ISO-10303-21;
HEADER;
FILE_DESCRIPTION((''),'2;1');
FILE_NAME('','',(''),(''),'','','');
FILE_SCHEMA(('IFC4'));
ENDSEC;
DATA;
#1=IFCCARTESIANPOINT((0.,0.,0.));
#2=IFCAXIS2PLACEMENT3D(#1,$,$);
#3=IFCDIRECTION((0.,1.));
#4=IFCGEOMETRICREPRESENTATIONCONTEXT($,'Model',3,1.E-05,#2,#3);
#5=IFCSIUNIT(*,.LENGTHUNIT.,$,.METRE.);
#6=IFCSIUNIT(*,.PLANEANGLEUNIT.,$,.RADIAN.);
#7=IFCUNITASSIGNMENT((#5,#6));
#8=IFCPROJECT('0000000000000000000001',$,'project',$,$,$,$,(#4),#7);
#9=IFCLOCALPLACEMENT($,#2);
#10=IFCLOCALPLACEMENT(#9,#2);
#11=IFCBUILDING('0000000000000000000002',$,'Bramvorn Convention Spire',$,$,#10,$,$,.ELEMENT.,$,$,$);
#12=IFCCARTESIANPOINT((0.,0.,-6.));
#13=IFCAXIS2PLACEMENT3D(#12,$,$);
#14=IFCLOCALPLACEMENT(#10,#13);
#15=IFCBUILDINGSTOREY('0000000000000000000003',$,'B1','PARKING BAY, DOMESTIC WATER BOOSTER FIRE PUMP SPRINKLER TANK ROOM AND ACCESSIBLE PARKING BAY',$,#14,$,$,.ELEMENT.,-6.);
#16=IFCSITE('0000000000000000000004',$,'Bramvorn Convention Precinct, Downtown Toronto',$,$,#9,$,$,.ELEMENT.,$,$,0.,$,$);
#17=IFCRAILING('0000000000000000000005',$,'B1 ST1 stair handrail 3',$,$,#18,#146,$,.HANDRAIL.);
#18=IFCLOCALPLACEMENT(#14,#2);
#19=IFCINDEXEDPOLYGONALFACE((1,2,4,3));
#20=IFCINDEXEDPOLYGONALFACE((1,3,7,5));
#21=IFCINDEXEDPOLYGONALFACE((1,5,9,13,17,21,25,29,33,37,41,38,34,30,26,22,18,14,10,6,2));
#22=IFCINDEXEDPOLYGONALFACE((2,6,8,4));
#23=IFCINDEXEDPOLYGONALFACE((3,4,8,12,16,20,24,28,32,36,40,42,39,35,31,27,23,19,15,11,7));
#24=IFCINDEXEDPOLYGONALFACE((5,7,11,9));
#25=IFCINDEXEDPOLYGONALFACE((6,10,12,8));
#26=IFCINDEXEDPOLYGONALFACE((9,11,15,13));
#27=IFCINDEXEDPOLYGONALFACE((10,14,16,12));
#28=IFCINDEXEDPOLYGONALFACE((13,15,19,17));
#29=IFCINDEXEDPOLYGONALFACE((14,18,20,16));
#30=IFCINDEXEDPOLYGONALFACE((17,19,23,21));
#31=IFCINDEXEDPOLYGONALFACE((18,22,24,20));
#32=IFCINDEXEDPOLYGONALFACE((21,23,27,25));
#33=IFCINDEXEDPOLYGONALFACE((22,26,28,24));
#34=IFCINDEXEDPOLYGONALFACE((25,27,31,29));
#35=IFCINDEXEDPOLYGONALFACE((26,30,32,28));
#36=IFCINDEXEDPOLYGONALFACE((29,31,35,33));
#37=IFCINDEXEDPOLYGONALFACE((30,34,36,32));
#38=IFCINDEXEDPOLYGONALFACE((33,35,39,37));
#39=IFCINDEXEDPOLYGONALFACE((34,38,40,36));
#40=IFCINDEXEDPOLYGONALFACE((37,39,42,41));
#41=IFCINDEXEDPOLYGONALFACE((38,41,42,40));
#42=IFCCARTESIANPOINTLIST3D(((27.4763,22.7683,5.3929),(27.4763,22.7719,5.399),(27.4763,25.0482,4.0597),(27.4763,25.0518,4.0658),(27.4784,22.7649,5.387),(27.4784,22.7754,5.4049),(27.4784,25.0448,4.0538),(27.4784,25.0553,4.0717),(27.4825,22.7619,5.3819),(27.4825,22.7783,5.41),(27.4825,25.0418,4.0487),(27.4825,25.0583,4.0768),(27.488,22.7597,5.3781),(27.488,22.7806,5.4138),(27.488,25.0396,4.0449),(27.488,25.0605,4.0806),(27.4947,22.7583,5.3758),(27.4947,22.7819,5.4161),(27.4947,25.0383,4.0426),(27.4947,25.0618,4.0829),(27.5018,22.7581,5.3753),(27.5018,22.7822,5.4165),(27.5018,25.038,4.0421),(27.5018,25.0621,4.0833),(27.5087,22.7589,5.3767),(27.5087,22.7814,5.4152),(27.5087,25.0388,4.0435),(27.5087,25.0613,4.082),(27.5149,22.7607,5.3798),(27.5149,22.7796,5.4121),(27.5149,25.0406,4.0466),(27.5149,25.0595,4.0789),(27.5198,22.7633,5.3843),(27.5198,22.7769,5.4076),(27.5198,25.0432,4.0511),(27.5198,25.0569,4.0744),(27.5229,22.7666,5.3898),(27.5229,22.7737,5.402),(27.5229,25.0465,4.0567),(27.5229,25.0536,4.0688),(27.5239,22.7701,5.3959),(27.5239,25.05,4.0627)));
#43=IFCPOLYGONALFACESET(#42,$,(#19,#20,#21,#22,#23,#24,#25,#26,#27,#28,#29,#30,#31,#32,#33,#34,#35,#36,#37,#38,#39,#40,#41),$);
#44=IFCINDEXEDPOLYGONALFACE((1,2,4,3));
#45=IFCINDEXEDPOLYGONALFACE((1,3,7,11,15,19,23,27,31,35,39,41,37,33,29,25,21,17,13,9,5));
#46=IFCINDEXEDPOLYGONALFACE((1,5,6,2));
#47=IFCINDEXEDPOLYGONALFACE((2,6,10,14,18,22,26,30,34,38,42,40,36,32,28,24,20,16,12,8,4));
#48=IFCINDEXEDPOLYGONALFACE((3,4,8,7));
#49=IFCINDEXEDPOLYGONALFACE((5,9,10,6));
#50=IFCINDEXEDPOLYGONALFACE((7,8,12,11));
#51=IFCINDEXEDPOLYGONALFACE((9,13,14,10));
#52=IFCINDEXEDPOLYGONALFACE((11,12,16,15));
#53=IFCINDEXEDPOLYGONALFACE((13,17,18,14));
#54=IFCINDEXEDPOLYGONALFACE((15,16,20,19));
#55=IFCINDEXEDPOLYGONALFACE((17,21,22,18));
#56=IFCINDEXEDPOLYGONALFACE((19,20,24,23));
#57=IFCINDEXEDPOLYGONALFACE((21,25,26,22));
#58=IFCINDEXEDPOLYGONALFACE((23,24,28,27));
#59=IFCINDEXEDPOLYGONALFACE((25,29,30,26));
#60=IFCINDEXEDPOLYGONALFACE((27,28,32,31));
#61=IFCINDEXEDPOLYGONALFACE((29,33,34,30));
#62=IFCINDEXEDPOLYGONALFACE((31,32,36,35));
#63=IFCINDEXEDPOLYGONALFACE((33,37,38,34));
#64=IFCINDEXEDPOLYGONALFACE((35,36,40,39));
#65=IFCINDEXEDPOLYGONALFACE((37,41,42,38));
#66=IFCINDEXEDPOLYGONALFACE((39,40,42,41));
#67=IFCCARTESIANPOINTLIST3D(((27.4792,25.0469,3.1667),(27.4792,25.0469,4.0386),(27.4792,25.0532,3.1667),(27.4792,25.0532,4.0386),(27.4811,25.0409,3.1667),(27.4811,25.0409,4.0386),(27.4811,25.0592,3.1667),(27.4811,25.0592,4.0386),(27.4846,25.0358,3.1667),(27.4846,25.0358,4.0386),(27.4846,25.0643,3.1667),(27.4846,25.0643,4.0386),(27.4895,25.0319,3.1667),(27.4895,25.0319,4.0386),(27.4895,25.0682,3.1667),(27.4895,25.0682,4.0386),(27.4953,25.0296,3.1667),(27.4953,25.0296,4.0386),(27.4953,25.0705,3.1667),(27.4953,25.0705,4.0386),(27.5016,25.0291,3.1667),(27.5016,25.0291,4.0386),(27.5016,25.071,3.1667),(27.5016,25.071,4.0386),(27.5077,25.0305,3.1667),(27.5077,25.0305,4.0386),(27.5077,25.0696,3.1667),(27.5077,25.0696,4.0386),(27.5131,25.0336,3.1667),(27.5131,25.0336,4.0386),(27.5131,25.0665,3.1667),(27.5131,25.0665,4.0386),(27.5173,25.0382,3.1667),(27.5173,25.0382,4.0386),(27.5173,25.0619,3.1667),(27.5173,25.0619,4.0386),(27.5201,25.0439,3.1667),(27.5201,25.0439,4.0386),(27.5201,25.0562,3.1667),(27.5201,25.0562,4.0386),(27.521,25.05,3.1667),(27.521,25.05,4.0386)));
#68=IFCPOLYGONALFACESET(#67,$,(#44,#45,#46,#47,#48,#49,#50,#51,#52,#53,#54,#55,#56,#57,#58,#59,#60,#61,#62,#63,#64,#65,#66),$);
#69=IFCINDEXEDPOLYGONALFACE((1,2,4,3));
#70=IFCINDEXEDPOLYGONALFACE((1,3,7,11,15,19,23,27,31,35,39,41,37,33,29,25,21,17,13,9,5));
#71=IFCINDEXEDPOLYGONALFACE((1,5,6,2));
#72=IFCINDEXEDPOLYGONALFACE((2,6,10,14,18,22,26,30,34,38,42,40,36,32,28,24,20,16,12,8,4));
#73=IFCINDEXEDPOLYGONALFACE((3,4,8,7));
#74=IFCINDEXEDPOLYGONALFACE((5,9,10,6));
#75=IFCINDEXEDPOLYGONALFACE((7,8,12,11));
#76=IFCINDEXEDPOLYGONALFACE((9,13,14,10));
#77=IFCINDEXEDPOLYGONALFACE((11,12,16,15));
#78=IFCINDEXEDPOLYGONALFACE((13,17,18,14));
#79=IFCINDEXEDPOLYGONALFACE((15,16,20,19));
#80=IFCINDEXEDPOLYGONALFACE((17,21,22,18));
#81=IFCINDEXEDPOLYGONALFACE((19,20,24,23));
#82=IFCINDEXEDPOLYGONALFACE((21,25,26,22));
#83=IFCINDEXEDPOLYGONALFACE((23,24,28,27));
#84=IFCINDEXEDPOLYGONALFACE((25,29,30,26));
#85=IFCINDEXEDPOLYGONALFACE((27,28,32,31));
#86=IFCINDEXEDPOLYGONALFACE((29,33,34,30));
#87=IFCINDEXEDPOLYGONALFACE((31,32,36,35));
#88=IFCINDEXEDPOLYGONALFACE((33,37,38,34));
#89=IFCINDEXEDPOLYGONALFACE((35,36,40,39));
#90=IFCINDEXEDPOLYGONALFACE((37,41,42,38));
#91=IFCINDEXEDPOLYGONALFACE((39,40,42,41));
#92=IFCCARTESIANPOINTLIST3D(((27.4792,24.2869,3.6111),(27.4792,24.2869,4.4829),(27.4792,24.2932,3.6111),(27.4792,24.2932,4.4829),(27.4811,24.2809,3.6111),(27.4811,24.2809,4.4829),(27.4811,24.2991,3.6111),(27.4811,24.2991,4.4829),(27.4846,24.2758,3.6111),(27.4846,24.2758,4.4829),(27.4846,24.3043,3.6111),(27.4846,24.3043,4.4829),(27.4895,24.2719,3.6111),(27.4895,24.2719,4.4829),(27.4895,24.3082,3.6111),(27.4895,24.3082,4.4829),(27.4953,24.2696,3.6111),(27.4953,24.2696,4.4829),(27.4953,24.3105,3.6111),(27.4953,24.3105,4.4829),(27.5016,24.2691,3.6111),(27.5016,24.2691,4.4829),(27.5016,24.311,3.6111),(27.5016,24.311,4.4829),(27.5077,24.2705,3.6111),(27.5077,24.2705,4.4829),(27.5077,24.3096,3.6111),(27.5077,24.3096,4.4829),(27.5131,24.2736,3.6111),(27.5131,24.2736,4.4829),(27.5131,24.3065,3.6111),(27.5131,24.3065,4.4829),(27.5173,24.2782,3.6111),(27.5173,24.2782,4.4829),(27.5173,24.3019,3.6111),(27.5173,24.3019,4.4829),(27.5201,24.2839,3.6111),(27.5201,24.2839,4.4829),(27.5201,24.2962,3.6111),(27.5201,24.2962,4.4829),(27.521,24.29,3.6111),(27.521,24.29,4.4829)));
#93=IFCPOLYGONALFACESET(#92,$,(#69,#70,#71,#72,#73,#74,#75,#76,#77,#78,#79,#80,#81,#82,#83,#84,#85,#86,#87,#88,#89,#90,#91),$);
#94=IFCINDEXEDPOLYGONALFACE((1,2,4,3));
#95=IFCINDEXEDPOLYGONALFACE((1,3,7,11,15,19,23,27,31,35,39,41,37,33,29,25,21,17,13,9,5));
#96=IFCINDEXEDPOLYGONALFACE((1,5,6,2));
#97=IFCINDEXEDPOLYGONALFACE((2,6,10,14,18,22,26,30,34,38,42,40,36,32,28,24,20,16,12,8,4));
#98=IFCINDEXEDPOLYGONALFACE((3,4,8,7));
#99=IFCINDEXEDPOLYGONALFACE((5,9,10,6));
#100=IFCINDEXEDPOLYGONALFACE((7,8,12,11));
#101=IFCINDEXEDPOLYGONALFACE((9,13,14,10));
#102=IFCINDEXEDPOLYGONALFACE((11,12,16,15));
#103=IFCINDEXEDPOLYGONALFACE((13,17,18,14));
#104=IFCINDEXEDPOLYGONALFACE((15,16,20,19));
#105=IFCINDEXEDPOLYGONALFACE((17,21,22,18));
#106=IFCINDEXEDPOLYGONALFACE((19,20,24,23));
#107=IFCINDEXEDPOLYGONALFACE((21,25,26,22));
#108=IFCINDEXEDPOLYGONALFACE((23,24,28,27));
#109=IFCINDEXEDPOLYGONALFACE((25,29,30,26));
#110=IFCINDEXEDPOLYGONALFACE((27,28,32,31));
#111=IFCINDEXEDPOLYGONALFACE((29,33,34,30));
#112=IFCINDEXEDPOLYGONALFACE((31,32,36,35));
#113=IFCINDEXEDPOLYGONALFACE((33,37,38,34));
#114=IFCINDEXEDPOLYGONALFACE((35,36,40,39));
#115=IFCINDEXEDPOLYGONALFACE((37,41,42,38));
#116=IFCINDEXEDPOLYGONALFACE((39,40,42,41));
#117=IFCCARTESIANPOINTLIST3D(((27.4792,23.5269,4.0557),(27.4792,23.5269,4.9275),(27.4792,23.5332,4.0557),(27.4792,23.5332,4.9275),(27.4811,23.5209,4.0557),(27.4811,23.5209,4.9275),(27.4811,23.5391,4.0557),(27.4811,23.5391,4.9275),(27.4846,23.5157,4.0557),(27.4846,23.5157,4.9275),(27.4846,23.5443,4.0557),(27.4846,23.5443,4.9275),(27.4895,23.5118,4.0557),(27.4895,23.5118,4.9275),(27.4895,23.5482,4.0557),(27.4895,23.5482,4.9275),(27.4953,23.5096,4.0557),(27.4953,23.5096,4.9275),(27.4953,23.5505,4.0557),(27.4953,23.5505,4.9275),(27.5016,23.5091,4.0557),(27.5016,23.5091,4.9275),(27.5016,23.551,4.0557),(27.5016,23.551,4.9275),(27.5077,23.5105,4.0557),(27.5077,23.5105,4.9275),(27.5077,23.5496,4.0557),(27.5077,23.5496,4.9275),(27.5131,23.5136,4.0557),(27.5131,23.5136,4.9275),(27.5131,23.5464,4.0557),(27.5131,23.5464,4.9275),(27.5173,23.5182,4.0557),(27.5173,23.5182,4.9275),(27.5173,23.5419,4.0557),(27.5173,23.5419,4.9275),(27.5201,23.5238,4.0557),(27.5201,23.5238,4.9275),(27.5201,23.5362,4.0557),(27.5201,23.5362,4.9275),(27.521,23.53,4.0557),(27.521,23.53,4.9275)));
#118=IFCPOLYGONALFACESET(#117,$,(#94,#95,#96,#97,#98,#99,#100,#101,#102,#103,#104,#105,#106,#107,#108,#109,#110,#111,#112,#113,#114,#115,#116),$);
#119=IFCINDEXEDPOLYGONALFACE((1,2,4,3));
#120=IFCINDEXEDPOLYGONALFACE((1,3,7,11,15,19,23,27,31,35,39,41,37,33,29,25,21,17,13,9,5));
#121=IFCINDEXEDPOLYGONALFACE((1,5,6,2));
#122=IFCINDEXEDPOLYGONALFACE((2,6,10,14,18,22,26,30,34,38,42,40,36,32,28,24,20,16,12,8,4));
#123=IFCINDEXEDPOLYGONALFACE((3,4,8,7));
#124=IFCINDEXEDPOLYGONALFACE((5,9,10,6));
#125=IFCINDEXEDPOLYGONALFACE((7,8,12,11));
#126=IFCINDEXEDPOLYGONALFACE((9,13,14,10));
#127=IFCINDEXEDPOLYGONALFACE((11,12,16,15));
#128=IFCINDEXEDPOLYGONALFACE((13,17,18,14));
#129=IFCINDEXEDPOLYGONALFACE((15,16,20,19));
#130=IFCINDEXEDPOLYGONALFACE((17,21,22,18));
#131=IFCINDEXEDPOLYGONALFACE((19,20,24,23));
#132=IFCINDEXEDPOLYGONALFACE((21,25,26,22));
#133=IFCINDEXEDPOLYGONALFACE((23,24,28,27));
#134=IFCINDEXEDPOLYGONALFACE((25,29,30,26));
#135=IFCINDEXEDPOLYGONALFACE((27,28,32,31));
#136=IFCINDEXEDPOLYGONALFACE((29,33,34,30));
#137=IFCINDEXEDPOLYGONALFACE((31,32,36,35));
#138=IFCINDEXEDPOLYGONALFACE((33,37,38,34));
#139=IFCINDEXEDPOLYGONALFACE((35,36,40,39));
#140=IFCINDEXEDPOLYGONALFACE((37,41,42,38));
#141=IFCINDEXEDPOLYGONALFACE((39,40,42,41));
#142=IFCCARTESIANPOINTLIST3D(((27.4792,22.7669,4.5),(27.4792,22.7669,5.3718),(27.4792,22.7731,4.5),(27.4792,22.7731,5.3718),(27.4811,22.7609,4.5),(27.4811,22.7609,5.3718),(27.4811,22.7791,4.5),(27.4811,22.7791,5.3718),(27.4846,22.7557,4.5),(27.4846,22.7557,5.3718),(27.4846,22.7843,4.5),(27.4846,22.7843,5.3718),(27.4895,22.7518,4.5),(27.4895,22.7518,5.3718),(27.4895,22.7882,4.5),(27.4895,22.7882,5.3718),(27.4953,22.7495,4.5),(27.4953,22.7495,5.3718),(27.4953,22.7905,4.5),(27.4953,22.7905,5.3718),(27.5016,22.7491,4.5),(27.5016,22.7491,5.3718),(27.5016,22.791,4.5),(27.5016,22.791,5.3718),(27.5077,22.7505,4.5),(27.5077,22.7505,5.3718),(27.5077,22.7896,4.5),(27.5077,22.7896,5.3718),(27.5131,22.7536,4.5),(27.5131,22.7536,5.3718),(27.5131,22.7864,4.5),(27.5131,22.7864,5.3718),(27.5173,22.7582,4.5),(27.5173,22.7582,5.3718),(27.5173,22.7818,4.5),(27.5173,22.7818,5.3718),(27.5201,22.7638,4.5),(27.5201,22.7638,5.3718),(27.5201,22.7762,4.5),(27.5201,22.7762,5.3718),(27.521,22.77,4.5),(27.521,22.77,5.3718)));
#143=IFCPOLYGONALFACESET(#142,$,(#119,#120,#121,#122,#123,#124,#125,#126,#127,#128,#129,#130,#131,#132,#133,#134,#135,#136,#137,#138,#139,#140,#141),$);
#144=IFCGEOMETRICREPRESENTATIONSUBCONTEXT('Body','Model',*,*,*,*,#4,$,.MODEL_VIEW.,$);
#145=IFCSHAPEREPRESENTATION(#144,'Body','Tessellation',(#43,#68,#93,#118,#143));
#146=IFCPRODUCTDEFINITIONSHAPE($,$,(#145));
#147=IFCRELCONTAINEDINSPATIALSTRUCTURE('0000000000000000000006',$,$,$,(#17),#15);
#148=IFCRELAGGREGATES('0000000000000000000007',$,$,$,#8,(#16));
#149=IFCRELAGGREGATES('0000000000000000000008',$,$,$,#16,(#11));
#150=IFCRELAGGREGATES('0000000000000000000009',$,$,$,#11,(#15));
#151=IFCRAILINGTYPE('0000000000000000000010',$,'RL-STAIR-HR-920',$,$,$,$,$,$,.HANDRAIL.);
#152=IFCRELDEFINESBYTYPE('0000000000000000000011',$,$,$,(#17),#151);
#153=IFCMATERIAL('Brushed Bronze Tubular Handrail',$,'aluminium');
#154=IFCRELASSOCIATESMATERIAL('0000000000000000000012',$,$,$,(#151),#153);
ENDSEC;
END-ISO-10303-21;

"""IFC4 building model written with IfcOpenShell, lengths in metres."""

from ifc_helpers import new_model, si_unit, direction, frame, origin, origin_2d, place, context, subcontext, project, spatial, circle, extrude, material, type_object, element, save


model = new_model("IFC4")

# Units and contexts
model_context = context("Model", 3, precision=1e-05, world=origin(), true_north=direction((0.0, 1.0)))
body_context = subcontext(model_context, "Body", "Model", "MODEL_VIEW")
ifc_project = project(units=[si_unit("LENGTHUNIT", "METRE"), si_unit("PLANEANGLEUNIT", "RADIAN")], contexts=[model_context])

# Site, building, storey
site_placement = place(None, origin())
site = spatial("IfcSite", under=ifc_project, at=site_placement, Name="Bramvorn Convention Precinct, Downtown Toronto", CompositionType="ELEMENT", RefElevation=0.0)
building_placement = place(site_placement, origin())
building = spatial("IfcBuilding", under=site, at=building_placement, Name="Bramvorn Convention Spire", CompositionType="ELEMENT")
storey_placement = place(building_placement, frame((0.0, 0.0, -6.0)))
storey = spatial("IfcBuildingStorey", under=building, at=storey_placement, Name="B1", Description="PARKING BAY, DOMESTIC WATER BOOSTER FIRE PUMP SPRINKLER TANK ROOM AND ACCESSIBLE PARKING BAY", CompositionType="ELEMENT", Elevation=-6.0)

# Railing
ifc_material_1 = material(Name="Brushed Bronze Tubular Handrail", Category="aluminium")
railing_type_1 = type_object("IfcRailingType", Name="RL-STAIR-HR-920", PredefinedType="HANDRAIL", material=ifc_material_1)
railing_1_placement = place(storey_placement, frame((27.5, 25.05, 3.1667)))
element("IfcRailing", 1, at=railing_1_placement, inside=storey, type_object=railing_type_1, Name="B1 ST1 stair handrail 3", PredefinedType="HANDRAIL", context=body_context, shape_type="SweptSolid", body=[
    extrude(circle(Radius=0.0239, at=origin_2d()), frame((0.0, 0.0, 0.896), z_axis=(0.0, -0.863245, 0.504785), x_axis=(1.0, 0.0, 0.0)), (0.0, 0.0, 1.0), 2.6411),
    extrude(circle(Radius=0.021, at=origin_2d()), origin(), (0.0, 0.0, 1.0), 0.8718),
    extrude(circle(Radius=0.021, at=origin_2d()), frame((0.0, -0.76, 0.4443)), (0.0, 0.0, 1.0), 0.8718),
    extrude(circle(Radius=0.021, at=origin_2d()), frame((0.0, -1.52, 0.8889)), (0.0, 0.0, 1.0), 0.8718),
    extrude(circle(Radius=0.021, at=origin_2d()), frame((0.0, -2.28, 1.3333)), (0.0, 0.0, 1.0), 0.8718),
])

save(model, "model.ifc")
